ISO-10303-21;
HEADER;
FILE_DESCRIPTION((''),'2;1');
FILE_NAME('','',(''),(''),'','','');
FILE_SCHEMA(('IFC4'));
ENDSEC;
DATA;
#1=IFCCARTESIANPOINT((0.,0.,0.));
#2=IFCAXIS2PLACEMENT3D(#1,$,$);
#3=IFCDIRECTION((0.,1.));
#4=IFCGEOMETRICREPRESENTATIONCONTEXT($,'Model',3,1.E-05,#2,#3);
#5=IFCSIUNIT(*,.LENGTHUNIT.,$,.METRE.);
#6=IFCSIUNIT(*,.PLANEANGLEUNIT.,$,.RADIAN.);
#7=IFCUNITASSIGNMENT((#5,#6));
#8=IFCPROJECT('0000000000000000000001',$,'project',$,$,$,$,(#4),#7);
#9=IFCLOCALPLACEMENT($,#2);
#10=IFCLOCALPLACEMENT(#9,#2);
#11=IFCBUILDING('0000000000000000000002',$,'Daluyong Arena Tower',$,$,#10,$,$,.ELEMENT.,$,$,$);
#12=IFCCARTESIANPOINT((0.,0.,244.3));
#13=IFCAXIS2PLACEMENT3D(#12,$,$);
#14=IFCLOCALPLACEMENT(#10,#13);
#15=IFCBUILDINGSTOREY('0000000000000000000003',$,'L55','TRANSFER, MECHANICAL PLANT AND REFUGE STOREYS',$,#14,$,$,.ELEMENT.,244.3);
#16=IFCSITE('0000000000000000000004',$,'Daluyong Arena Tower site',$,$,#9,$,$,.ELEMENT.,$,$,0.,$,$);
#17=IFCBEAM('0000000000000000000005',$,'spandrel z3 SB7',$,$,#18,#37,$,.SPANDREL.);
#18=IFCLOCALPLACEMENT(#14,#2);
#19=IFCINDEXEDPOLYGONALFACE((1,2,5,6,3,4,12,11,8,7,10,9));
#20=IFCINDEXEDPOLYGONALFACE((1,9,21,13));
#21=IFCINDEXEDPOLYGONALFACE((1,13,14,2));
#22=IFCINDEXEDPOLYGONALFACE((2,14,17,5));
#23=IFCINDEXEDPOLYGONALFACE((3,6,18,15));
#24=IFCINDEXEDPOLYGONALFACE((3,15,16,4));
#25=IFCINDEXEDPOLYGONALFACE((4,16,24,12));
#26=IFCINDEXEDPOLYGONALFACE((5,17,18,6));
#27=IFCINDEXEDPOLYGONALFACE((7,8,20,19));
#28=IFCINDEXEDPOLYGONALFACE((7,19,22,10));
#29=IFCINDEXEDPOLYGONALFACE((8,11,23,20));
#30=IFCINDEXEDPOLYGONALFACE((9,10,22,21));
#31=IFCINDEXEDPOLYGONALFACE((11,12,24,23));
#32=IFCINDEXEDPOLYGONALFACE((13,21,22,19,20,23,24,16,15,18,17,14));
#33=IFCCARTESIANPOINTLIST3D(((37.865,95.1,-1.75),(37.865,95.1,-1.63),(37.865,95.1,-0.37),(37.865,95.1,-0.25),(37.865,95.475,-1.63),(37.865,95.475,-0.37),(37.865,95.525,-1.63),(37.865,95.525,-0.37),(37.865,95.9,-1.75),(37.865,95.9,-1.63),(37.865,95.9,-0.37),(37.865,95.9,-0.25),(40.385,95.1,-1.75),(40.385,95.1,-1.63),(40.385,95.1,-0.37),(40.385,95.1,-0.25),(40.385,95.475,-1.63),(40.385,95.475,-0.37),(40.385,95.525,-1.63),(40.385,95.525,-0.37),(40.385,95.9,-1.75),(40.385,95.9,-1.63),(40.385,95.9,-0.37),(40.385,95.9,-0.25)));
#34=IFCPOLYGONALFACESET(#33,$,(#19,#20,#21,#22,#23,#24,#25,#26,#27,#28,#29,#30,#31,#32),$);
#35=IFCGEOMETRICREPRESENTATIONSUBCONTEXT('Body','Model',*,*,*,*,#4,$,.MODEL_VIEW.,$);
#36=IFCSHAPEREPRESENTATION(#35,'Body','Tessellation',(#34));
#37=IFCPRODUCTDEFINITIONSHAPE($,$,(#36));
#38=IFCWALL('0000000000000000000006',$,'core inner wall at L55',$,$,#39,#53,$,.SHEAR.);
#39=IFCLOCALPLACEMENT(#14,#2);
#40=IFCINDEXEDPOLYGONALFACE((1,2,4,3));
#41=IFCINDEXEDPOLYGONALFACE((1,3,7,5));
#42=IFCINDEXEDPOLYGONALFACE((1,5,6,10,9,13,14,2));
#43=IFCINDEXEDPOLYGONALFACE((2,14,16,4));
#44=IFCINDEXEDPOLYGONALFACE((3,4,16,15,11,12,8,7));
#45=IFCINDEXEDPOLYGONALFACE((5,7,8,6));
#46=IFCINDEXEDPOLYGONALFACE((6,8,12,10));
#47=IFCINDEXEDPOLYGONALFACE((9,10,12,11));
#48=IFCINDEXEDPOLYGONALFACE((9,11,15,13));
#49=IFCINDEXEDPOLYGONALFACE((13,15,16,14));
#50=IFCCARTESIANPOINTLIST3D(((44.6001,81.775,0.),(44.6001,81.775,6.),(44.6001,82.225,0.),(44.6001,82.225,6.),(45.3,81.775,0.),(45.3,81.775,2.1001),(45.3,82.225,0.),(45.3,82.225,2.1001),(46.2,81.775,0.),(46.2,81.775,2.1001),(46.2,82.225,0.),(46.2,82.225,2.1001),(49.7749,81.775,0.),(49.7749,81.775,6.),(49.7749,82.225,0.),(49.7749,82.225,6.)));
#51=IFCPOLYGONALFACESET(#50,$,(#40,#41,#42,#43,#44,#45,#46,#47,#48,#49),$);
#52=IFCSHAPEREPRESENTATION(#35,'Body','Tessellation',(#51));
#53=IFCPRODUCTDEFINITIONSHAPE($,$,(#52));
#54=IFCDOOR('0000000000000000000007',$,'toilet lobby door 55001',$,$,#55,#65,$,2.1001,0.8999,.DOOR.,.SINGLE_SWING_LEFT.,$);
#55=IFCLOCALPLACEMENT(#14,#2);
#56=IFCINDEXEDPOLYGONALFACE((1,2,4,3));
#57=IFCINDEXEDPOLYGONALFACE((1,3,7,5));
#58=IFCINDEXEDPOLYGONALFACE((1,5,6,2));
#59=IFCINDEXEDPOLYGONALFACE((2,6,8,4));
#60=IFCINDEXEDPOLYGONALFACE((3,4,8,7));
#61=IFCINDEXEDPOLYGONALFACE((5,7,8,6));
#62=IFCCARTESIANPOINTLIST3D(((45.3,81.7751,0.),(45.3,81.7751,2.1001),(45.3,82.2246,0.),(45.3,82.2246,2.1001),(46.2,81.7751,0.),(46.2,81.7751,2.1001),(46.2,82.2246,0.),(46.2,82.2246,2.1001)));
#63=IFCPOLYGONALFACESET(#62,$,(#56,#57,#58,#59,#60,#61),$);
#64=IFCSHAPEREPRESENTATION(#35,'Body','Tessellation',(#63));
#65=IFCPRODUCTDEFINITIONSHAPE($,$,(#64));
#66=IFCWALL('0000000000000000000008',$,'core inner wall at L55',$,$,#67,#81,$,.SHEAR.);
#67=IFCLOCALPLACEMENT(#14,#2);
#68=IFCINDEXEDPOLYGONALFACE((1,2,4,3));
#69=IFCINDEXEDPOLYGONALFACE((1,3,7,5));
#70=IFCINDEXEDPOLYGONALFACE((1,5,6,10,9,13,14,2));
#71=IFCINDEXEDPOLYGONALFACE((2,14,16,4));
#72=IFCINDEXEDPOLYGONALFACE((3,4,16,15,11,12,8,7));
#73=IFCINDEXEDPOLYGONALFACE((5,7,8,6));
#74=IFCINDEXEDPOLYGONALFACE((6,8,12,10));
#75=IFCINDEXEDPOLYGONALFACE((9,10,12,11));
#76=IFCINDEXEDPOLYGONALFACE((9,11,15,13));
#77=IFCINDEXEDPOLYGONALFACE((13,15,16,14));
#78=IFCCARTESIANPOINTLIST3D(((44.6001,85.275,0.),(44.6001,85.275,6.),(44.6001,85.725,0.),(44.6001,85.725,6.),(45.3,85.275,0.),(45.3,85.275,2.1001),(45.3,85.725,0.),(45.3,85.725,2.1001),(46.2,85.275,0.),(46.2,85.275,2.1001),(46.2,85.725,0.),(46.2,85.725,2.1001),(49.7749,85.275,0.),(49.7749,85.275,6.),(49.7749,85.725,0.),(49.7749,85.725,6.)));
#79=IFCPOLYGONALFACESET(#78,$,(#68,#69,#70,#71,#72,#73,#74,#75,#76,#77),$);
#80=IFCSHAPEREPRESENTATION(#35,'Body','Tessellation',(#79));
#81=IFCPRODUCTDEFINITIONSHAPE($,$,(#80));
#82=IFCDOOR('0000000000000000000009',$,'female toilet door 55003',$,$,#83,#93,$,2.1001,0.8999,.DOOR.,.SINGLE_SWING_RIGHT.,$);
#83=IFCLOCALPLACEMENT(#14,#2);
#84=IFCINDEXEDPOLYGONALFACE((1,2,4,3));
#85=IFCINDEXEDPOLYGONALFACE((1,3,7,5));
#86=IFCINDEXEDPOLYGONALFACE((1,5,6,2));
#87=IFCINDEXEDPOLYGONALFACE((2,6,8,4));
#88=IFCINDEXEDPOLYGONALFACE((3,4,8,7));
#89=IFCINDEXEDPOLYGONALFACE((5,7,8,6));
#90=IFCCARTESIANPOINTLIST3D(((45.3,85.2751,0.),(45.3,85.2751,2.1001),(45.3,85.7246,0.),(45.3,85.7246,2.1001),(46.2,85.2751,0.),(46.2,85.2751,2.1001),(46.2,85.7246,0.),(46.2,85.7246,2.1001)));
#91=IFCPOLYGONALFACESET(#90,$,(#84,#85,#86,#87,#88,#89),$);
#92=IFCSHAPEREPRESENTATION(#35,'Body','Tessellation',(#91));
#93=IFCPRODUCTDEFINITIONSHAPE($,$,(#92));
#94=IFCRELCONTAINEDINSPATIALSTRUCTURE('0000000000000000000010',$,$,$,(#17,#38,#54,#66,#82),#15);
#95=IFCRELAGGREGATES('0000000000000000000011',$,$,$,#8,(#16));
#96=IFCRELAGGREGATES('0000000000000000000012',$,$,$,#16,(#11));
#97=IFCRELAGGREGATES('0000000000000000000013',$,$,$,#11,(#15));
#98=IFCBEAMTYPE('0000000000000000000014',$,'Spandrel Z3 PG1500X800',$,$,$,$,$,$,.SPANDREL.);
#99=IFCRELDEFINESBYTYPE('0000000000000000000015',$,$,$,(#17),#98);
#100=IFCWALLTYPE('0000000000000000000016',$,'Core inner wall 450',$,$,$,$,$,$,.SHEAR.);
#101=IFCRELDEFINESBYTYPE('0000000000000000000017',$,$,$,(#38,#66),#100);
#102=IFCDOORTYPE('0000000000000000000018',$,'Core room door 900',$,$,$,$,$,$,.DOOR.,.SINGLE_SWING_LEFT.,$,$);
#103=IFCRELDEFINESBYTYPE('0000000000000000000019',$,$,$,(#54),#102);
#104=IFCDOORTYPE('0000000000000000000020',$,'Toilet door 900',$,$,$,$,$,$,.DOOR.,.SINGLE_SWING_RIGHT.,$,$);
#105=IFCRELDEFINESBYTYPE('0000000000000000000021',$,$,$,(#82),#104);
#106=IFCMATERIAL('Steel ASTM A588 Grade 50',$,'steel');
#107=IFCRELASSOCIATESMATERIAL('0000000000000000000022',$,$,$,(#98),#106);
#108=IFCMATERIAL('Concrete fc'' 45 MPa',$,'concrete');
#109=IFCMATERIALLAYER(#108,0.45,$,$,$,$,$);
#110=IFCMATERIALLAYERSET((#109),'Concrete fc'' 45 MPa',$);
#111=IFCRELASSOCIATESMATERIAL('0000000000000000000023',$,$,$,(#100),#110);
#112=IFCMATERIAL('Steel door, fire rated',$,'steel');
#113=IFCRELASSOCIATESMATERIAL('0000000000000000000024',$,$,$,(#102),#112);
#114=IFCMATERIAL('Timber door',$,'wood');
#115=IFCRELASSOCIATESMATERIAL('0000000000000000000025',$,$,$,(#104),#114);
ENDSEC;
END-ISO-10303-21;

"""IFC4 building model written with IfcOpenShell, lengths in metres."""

from ifc_helpers import new_model, si_unit, direction, frame, frame_2d, origin, origin_2d, place, context, subcontext, project, spatial, rectangle, i_section, extrude, material, layer, layer_set, material_profile, profile_set, type_object, element, fill, save


model = new_model("IFC4")

# Units and contexts
model_context = context("Model", 3, precision=1e-05, world=origin(), true_north=direction((0.0, 1.0)))
body_context = subcontext(model_context, "Body", "Model", "MODEL_VIEW")
ifc_project = project(units=[si_unit("LENGTHUNIT", "METRE"), si_unit("PLANEANGLEUNIT", "RADIAN")], contexts=[model_context])

# Site, building, storey
site_placement = place(None, origin())
site = spatial("IfcSite", under=ifc_project, at=site_placement, Name="Daluyong Arena Tower site", CompositionType="ELEMENT", RefElevation=0.0)
building_placement = place(site_placement, origin())
building = spatial("IfcBuilding", under=site, at=building_placement, Name="Daluyong Arena Tower", CompositionType="ELEMENT")
storey_placement = place(building_placement, frame((0.0, 0.0, 244.3)))
storey = spatial("IfcBuildingStorey", under=building, at=storey_placement, Name="L55", Description="TRANSFER, MECHANICAL PLANT AND REFUGE STOREYS", CompositionType="ELEMENT", Elevation=244.3)

# Beam
ifc_material_1 = material(Name="Steel ASTM A588 Grade 50", Category="steel")
ifc_material_profile_1 = material_profile(ifc_material_1, i_section(OverallWidth=0.8, OverallDepth=1.5, WebThickness=0.05, FlangeThickness=0.12, at=origin_2d()))
ifc_profile_set_1 = profile_set([ifc_material_profile_1], Name="Steel ASTM A588 Grade 50")
beam_type_1 = type_object("IfcBeamType", Name="Spandrel Z3 PG1500X800", PredefinedType="SPANDREL", material=ifc_profile_set_1)
beam_1_placement = place(storey_placement, frame((40.385, 95.5, -1.0), z_axis=(-1.0, 0.0, 0.0), x_axis=(0.0, -1.0, 0.0)))
element("IfcBeam", 1, at=beam_1_placement, inside=storey, type_object=beam_type_1, Name="spandrel z3 SB7", PredefinedType="SPANDREL", context=body_context, shape_type="SweptSolid", body=[
    extrude(i_section(OverallWidth=0.8, OverallDepth=1.5, WebThickness=0.05, FlangeThickness=0.12, at=origin_2d()), origin(), (0.0, 0.0, 1.0), 2.52),
])

# Walls, openings, doors
ifc_material_2 = material(Name="Concrete fc' 45 MPa", Category="concrete")
ifc_layer_1 = layer(ifc_material_2, 0.45)
ifc_layer_set_1 = layer_set([ifc_layer_1], Name="Concrete fc' 45 MPa")
wall_type_1 = type_object("IfcWallType", Name="Core inner wall 450", PredefinedType="SHEAR", material=ifc_layer_set_1)
wall_1_placement = place(storey_placement, frame((44.6001, 82.0, 0.0), z_axis=(0.0, 0.0, 1.0), x_axis=(1.0, 0.0, 0.0)))
wall_1 = element("IfcWall", 2, at=wall_1_placement, inside=storey, type_object=wall_type_1, Name="core inner wall at L55", PredefinedType="SHEAR", context=body_context, shape_type="SweptSolid", body=[
    extrude(rectangle(XDim=5.1748, YDim=0.45, at=frame_2d((2.5874, 0.0))), origin(), (0.0, 0.0, 1.0), 6.0),
])
opening_1_placement = place(wall_1_placement, frame((0.7, 0.0, 0.0)))
opening_1 = element("IfcOpeningElement", 3, at=opening_1_placement, cuts=wall_1, PredefinedType="OPENING", context=body_context, shape_type="SweptSolid", body=[
    extrude(rectangle(XDim=0.8999, YDim=2.1001, at=frame_2d((0.45, 1.05))), frame((0.0, 0.2349, 0.0), z_axis=(0.0, -1.0, 0.0), x_axis=(1.0, 0.0, 0.0)), (0.0, 0.0, 1.0), 0.47),
])
ifc_material_3 = material(Name="Steel door, fire rated", Category="steel")
door_type_1 = type_object("IfcDoorType", Name="Core room door 900", OperationType="SINGLE_SWING_LEFT", PredefinedType="DOOR", material=ifc_material_3)
door_1_placement = place(opening_1_placement, origin())
door_1 = element("IfcDoor", 4, at=door_1_placement, inside=storey, type_object=door_type_1, Name="toilet lobby door 55001", OperationType="SINGLE_SWING_LEFT", OverallHeight=2.1001, OverallWidth=0.8999, PredefinedType="DOOR", context=body_context, shape_type="SweptSolid", body=[
    extrude(rectangle(XDim=0.8999, YDim=2.1001, at=frame_2d((0.45, 1.05))), frame((0.0, 0.2246, 0.0), z_axis=(0.0, -1.0, 0.0), x_axis=(1.0, 0.0, 0.0)), (0.0, 0.0, 1.0), 0.4495),
])
fill(opening_1, door_1)
wall_2_placement = place(storey_placement, frame((44.6001, 85.5, 0.0), z_axis=(0.0, 0.0, 1.0), x_axis=(1.0, 0.0, 0.0)))
wall_2 = element("IfcWall", 5, at=wall_2_placement, inside=storey, type_object=wall_type_1, Name="core inner wall at L55", PredefinedType="SHEAR", context=body_context, shape_type="SweptSolid", body=[
    extrude(rectangle(XDim=5.1748, YDim=0.45, at=frame_2d((2.5874, 0.0))), origin(), (0.0, 0.0, 1.0), 6.0),
])
opening_2_placement = place(wall_2_placement, frame((0.7, 0.0, 0.0)))
opening_2 = element("IfcOpeningElement", 6, at=opening_2_placement, cuts=wall_2, PredefinedType="OPENING", context=body_context, shape_type="SweptSolid", body=[
    extrude(rectangle(XDim=0.8999, YDim=2.1001, at=frame_2d((0.45, 1.05))), frame((0.0, 0.2349, 0.0), z_axis=(0.0, -1.0, 0.0), x_axis=(1.0, 0.0, 0.0)), (0.0, 0.0, 1.0), 0.47),
])
ifc_material_4 = material(Name="Timber door", Category="wood")
door_type_2 = type_object("IfcDoorType", Name="Toilet door 900", OperationType="SINGLE_SWING_RIGHT", PredefinedType="DOOR", material=ifc_material_4)
door_2_placement = place(opening_2_placement, origin())
door_2 = element("IfcDoor", 7, at=door_2_placement, inside=storey, type_object=door_type_2, Name="female toilet door 55003", OperationType="SINGLE_SWING_RIGHT", OverallHeight=2.1001, OverallWidth=0.8999, PredefinedType="DOOR", context=body_context, shape_type="SweptSolid", body=[
    extrude(rectangle(XDim=0.8999, YDim=2.1001, at=frame_2d((0.45, 1.05))), frame((0.0, 0.2246, 0.0), z_axis=(0.0, -1.0, 0.0), x_axis=(1.0, 0.0, 0.0)), (0.0, 0.0, 1.0), 0.4495),
])
fill(opening_2, door_2)

save(model, "model.ifc")
